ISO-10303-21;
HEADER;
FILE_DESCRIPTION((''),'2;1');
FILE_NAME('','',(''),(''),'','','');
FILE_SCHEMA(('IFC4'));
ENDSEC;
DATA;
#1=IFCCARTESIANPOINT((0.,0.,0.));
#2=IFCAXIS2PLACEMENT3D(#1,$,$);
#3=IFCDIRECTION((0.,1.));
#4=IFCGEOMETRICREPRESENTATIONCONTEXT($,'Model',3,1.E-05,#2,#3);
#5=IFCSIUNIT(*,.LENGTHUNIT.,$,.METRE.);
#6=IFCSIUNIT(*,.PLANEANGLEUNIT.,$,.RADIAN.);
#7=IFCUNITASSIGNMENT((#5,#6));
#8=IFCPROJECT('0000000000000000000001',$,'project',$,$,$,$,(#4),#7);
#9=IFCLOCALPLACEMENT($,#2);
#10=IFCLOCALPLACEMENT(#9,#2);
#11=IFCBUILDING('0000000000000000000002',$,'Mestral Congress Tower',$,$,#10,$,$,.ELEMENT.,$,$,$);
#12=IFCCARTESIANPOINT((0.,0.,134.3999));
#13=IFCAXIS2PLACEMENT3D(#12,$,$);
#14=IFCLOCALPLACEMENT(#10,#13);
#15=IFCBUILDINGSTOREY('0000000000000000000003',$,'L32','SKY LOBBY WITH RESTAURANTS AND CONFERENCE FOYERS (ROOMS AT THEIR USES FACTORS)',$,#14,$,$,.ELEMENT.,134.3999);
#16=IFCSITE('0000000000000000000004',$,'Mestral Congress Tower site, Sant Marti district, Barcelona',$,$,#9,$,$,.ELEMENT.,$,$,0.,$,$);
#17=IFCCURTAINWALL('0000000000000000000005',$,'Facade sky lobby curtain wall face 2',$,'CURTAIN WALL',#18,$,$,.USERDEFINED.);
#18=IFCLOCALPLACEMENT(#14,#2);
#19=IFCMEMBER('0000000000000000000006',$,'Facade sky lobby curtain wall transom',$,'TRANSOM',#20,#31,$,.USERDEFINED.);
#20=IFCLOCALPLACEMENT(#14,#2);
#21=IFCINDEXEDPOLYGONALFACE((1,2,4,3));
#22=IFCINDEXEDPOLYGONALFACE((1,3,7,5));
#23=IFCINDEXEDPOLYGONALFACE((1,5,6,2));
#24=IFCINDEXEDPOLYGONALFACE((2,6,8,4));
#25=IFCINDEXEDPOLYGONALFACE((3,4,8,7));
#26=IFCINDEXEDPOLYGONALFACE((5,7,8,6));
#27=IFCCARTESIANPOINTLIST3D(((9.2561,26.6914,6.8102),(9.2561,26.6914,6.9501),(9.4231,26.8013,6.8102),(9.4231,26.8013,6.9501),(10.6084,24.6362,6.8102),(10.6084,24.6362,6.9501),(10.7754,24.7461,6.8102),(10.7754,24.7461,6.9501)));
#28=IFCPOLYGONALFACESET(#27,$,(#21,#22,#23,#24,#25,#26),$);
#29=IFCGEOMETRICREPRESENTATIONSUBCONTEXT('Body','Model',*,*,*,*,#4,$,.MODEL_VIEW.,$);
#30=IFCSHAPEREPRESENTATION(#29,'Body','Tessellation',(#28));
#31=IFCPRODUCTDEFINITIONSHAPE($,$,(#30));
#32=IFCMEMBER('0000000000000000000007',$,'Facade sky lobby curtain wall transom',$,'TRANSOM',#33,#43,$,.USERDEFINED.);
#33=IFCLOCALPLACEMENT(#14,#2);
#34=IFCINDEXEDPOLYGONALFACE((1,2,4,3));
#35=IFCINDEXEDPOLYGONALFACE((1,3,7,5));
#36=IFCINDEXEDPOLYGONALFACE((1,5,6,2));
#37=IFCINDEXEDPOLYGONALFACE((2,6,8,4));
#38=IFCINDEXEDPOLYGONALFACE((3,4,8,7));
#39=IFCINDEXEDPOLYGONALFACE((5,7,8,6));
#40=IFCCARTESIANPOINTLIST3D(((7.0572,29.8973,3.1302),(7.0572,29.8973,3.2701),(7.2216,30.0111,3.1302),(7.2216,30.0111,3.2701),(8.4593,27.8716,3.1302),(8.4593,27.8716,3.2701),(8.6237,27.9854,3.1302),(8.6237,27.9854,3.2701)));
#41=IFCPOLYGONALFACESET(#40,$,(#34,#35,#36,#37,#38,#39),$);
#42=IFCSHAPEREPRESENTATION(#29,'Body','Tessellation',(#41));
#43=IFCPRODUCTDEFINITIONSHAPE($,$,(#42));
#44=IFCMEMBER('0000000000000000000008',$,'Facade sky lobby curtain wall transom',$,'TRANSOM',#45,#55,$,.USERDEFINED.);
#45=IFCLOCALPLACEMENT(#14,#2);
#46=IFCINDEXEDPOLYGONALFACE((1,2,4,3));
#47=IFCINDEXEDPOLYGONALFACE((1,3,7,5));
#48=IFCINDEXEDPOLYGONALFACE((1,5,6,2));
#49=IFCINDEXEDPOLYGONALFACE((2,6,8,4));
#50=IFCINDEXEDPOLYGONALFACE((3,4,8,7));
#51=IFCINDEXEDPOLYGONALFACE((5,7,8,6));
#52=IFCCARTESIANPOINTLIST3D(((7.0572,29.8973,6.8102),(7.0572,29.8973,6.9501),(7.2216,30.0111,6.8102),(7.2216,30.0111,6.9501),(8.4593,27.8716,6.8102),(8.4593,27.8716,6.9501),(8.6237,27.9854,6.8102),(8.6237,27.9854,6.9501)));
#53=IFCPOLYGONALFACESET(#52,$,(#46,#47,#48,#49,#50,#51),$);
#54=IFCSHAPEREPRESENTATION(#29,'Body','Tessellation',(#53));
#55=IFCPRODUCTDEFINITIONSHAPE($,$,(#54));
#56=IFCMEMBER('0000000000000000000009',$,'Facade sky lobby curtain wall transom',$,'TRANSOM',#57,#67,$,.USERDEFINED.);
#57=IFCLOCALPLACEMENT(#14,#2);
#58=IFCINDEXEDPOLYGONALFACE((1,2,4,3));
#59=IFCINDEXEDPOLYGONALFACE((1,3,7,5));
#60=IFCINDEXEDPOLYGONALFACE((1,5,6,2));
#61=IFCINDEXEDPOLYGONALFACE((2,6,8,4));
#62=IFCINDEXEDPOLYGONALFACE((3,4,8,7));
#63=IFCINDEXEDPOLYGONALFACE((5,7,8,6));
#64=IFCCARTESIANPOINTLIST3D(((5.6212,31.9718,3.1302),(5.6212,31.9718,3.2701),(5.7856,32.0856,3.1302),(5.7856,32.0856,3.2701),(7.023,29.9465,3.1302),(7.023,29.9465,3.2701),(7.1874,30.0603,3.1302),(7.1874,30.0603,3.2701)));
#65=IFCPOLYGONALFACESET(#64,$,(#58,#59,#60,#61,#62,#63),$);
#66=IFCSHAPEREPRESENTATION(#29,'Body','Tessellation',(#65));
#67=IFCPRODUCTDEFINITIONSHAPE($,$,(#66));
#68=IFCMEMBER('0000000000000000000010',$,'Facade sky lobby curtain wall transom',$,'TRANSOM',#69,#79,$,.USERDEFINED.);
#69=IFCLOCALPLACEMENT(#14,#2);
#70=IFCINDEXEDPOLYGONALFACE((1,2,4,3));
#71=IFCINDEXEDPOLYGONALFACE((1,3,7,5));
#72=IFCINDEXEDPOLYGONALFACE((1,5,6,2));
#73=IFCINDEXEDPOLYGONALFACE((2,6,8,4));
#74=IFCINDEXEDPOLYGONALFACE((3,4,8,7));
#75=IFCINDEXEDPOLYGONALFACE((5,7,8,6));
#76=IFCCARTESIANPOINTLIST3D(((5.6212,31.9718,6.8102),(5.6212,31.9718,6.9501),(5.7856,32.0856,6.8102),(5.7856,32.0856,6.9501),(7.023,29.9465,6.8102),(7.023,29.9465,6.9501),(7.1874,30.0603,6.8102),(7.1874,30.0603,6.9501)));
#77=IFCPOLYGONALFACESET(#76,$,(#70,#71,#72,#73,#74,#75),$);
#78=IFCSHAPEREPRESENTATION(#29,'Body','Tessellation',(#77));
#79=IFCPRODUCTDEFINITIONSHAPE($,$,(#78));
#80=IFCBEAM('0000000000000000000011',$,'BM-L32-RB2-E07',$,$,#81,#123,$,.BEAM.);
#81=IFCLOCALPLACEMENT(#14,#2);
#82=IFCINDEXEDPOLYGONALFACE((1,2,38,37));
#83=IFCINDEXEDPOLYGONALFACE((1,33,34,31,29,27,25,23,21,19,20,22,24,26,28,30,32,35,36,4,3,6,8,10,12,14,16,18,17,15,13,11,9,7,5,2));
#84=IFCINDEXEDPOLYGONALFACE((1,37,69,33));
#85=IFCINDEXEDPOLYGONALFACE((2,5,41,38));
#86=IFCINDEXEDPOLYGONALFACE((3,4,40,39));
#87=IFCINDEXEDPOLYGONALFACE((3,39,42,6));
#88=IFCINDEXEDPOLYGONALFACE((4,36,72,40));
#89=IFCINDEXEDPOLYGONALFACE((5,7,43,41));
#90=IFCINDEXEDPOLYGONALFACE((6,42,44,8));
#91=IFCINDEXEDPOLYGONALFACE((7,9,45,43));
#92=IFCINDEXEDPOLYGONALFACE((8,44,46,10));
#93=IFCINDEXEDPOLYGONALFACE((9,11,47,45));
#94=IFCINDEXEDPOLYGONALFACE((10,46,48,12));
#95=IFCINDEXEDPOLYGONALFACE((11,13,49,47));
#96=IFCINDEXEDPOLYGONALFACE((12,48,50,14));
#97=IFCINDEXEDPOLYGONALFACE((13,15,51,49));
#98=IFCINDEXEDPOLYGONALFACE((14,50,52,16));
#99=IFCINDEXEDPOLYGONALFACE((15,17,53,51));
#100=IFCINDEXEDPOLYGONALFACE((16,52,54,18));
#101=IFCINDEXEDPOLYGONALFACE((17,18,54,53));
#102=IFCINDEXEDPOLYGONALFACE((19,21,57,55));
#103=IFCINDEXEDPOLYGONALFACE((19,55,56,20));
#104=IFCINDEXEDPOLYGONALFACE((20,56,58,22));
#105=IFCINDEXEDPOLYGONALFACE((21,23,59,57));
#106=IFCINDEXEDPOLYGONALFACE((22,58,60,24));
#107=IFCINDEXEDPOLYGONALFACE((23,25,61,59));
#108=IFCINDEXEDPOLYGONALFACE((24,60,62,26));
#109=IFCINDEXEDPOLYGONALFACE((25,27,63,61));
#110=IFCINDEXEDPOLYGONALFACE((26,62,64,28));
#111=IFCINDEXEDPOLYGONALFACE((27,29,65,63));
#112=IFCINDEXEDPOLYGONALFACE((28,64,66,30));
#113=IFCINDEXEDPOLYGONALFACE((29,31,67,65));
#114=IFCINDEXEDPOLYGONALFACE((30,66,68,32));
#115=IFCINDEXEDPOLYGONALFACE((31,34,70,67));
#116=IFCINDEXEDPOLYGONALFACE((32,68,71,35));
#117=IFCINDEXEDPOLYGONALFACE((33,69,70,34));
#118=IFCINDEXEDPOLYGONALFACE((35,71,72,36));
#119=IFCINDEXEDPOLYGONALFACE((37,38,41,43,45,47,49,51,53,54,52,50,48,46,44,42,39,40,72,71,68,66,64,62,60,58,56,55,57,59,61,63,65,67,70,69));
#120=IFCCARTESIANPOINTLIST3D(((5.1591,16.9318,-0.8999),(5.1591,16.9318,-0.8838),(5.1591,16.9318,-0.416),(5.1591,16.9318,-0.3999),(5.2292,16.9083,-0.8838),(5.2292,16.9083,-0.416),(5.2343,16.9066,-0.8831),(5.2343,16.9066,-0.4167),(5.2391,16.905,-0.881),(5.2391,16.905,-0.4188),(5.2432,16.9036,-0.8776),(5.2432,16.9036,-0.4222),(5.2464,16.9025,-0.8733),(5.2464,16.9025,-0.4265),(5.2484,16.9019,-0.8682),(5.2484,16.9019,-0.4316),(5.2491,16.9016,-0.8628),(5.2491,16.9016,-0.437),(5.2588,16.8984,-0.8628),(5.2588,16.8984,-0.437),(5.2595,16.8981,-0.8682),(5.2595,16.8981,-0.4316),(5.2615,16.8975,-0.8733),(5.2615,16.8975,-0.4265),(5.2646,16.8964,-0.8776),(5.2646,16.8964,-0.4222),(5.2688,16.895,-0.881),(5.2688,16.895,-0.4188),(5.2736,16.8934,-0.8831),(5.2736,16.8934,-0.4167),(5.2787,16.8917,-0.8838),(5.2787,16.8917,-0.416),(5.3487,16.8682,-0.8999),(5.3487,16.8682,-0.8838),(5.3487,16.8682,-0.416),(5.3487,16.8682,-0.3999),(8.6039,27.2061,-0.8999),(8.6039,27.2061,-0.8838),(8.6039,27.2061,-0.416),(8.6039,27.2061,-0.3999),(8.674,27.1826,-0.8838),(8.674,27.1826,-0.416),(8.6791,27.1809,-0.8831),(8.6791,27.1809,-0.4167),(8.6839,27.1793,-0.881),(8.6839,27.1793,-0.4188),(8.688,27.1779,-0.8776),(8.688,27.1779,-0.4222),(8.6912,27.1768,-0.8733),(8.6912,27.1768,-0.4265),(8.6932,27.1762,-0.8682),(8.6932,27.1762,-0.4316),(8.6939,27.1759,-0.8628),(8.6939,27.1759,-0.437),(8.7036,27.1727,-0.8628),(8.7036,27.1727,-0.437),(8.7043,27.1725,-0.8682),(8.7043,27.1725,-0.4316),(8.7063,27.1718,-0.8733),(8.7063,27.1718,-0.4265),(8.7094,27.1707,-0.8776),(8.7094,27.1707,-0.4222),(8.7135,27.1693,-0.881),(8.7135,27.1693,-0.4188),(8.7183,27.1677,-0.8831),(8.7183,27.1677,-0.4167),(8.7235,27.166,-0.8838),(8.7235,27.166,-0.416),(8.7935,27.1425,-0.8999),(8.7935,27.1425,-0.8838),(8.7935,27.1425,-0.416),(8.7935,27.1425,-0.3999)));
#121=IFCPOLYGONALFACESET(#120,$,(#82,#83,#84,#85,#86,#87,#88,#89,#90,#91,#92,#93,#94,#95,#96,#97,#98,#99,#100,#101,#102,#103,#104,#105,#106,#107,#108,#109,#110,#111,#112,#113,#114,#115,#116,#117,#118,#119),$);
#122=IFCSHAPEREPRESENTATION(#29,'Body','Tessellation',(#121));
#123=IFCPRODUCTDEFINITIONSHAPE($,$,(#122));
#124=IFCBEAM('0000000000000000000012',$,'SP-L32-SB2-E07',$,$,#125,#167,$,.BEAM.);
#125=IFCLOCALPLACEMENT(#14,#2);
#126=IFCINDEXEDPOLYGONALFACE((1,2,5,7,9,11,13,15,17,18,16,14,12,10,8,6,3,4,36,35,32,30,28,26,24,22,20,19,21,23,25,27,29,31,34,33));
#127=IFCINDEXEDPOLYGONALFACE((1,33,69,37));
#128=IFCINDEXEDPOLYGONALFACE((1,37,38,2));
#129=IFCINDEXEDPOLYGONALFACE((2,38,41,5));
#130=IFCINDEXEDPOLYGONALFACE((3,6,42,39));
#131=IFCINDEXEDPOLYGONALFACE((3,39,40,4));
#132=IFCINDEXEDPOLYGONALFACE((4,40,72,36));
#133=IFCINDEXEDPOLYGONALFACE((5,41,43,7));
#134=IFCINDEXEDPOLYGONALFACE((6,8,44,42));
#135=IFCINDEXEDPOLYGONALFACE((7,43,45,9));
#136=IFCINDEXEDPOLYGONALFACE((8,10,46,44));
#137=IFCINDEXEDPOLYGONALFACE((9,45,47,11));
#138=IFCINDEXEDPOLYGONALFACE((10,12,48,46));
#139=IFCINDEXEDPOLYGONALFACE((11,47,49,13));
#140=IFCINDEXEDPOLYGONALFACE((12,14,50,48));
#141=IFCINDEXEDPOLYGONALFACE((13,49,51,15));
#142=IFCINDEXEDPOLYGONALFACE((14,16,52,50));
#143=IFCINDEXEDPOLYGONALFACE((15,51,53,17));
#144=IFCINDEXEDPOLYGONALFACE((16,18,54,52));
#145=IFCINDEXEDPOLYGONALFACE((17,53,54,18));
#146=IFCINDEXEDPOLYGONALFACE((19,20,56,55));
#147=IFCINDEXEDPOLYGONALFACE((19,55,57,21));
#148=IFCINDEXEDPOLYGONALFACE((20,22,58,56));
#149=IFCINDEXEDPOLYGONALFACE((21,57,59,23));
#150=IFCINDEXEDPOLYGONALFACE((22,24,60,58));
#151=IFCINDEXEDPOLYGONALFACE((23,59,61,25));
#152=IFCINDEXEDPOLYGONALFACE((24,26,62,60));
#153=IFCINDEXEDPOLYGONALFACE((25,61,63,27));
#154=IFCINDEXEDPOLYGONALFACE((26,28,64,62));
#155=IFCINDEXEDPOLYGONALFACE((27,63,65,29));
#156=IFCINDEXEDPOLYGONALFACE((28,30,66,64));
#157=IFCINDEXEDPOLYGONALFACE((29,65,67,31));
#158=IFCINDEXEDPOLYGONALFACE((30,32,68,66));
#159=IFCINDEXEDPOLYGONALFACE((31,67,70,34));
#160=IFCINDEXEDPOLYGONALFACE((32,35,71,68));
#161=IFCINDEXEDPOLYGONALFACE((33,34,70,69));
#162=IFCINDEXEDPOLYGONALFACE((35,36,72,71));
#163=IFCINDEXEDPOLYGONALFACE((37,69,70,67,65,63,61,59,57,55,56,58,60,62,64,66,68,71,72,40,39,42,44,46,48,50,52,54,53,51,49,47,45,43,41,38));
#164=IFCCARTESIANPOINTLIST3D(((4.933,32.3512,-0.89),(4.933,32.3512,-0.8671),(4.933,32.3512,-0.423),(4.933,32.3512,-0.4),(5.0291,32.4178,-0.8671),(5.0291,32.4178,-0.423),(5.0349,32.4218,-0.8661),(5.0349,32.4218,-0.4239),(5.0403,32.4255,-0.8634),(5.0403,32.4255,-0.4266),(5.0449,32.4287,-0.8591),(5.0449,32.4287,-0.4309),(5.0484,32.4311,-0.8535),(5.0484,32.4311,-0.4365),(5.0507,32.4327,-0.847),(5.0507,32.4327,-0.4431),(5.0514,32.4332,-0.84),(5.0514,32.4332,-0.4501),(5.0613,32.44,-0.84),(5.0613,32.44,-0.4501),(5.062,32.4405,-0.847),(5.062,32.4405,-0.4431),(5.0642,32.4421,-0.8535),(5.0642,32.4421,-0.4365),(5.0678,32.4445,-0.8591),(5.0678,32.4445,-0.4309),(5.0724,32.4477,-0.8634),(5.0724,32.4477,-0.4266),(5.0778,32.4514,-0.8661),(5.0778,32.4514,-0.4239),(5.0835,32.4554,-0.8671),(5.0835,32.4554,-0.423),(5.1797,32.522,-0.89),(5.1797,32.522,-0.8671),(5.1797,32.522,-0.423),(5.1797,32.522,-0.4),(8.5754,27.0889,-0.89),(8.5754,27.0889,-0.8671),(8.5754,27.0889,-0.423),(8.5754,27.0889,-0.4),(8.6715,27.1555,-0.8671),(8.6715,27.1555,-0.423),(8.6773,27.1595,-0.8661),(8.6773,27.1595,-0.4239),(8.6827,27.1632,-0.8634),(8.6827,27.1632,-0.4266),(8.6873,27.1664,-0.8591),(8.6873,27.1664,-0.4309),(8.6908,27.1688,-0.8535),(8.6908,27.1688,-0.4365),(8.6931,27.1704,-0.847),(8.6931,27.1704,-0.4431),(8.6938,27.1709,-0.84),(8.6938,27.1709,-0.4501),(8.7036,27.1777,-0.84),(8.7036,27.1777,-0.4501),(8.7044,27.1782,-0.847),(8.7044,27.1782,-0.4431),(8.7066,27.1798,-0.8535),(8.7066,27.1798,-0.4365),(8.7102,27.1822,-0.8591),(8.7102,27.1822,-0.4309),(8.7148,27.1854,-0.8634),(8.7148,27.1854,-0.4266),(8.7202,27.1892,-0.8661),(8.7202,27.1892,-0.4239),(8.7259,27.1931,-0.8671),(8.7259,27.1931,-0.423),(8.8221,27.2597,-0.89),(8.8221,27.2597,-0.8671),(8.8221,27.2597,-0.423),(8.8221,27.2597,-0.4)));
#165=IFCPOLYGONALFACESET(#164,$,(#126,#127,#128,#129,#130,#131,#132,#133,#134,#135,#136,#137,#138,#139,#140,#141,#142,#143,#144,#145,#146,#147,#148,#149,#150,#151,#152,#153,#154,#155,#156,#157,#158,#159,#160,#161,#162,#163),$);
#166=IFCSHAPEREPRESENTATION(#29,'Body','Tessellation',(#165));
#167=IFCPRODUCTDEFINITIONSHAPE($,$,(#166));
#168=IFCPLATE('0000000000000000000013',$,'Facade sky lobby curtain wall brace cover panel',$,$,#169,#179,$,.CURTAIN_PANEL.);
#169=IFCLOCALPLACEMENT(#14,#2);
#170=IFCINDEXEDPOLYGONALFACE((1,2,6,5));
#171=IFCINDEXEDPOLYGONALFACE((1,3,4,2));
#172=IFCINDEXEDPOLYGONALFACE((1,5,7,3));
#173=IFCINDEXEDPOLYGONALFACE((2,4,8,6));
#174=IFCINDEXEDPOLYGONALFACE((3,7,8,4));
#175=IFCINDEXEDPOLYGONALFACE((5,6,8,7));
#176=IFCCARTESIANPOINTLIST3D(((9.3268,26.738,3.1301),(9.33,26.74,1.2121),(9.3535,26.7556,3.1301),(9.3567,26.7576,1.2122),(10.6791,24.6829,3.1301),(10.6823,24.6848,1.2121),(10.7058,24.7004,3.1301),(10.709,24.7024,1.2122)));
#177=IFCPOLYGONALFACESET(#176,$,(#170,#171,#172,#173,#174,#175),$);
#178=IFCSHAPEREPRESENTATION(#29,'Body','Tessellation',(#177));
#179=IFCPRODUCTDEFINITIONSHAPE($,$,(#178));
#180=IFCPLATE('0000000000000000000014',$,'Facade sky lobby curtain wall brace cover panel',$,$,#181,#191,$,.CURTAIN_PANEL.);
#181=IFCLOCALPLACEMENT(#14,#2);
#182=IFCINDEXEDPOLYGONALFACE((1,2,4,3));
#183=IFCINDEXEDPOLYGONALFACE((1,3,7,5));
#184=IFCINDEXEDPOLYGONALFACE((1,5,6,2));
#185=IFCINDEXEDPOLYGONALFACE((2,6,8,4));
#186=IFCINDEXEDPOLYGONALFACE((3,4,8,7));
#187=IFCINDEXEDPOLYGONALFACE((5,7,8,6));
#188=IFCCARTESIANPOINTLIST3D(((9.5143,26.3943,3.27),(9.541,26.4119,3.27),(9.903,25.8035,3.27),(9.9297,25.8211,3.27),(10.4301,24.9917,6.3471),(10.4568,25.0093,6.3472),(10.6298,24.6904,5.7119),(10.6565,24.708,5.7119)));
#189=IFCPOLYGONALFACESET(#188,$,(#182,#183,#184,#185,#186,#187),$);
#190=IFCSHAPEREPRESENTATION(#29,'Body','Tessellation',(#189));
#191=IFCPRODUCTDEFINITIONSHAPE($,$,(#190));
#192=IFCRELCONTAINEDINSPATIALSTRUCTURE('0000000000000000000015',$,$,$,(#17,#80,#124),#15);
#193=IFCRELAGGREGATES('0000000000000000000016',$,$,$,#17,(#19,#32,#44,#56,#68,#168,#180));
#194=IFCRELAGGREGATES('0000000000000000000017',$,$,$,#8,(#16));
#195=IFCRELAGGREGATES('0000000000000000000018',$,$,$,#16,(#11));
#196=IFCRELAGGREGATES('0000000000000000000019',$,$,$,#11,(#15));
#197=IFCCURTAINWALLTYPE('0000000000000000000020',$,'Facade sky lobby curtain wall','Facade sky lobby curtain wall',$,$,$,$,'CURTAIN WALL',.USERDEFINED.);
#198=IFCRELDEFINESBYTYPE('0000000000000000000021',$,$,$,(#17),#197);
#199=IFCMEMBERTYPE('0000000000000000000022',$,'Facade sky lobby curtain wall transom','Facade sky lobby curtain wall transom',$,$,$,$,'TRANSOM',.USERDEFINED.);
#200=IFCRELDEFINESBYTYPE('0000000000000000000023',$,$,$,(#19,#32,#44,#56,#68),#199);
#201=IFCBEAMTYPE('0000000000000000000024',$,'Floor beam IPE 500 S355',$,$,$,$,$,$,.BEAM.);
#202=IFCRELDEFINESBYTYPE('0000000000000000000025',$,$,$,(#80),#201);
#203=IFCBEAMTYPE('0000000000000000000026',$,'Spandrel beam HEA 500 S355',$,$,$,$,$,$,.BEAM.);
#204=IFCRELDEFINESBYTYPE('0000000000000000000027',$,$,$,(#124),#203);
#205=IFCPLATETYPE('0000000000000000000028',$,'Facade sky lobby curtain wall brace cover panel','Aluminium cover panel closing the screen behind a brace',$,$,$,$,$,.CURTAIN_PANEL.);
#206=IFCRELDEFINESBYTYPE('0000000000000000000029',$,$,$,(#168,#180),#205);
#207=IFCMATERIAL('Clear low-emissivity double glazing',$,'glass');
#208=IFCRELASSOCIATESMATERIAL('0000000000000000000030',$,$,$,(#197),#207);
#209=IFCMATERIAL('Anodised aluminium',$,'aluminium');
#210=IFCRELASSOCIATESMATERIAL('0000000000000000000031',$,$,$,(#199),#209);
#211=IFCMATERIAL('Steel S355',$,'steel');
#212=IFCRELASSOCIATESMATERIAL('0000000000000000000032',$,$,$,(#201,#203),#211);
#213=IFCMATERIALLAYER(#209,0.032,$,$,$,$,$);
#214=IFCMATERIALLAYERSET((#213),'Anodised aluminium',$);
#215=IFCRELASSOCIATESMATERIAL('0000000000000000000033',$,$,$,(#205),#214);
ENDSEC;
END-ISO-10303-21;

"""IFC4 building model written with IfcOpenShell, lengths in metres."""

from ifc_helpers import new_model, si_unit, direction, frame, origin, origin_2d, place, context, subcontext, project, spatial, polyline, rectangle, i_section, outline, extrude, material, layer, layer_set, material_profile, profile_set, type_object, element, aggregate, save


model = new_model("IFC4")

# Units and contexts
model_context = context("Model", 3, precision=1e-05, world=origin(), true_north=direction((0.0, 1.0)))
body_context = subcontext(model_context, "Body", "Model", "MODEL_VIEW")
ifc_project = project(units=[si_unit("LENGTHUNIT", "METRE"), si_unit("PLANEANGLEUNIT", "RADIAN")], contexts=[model_context])

# Site, building, storey
site_placement = place(None, origin())
site = spatial("IfcSite", under=ifc_project, at=site_placement, Name="Mestral Congress Tower site, Sant Marti district, Barcelona", CompositionType="ELEMENT", RefElevation=0.0)
building_placement = place(site_placement, origin())
building = spatial("IfcBuilding", under=site, at=building_placement, Name="Mestral Congress Tower", CompositionType="ELEMENT")
storey_placement = place(building_placement, frame((0.0, 0.0, 134.3999)))
storey = spatial("IfcBuildingStorey", under=building, at=storey_placement, Name="L32", Description="SKY LOBBY WITH RESTAURANTS AND CONFERENCE FOYERS (ROOMS AT THEIR USES FACTORS)", CompositionType="ELEMENT", Elevation=134.3999)

# Shared definitions
ifc_material_1 = material(Name="Steel S355", Category="steel")

# Curtain wall, members
ifc_material_2 = material(Name="Clear low-emissivity double glazing", Category="glass")
curtain_wall_type = type_object("IfcCurtainWallType", Name="Facade sky lobby curtain wall", Description="Facade sky lobby curtain wall", ElementType="CURTAIN WALL", PredefinedType="USERDEFINED", material=ifc_material_2)
curtain_wall_placement = place(storey_placement, origin())
curtain_wall = element("IfcCurtainWall", 1, at=curtain_wall_placement, inside=storey, type_object=curtain_wall_type, Name="Facade sky lobby curtain wall face 2", ObjectType="CURTAIN WALL", PredefinedType="USERDEFINED")
ifc_material_3 = material(Name="Anodised aluminium", Category="aluminium")
ifc_material_profile_1 = material_profile(ifc_material_3, rectangle(XDim=0.2, YDim=0.1399, at=origin_2d()), Name="CW1 transom 200 x 140")
ifc_profile_set_1 = profile_set([ifc_material_profile_1], Name="Anodised aluminium")
member_type_1 = type_object("IfcMemberType", Name="Facade sky lobby curtain wall transom", Description="Facade sky lobby curtain wall transom", ElementType="TRANSOM", PredefinedType="USERDEFINED", material=ifc_profile_set_1)
member_1_placement = place(storey_placement, frame((10.6919, 24.6912, 6.8801), z_axis=(-0.549675, 0.835379, 0.0), x_axis=(-0.835379, -0.549675, 0.0)))
member_1 = element("IfcMember", 2, at=member_1_placement, type_object=member_type_1, Name="Facade sky lobby curtain wall transom", ObjectType="TRANSOM", PredefinedType="USERDEFINED", context=body_context, shape_type="SweptSolid", body=[
    extrude(rectangle(XDim=0.2, YDim=0.1399, at=origin_2d()), origin(), (0.0, 0.0, 1.0), 2.4602),
])
member_2_placement = place(storey_placement, frame((8.5415, 27.9285, 3.2002), z_axis=(-0.569138, 0.822242, 0.0), x_axis=(-0.822242, -0.569138, 0.0)))
member_2 = element("IfcMember", 3, at=member_2_placement, type_object=member_type_1, Name="Facade sky lobby curtain wall transom", ObjectType="TRANSOM", PredefinedType="USERDEFINED", context=body_context, shape_type="SweptSolid", body=[
    extrude(rectangle(XDim=0.2, YDim=0.1399, at=origin_2d()), origin(), (0.0, 0.0, 1.0), 2.4636),
])
member_3_placement = place(storey_placement, frame((8.5415, 27.9285, 6.8801), z_axis=(-0.569138, 0.822242, 0.0), x_axis=(-0.822242, -0.569138, 0.0)))
member_3 = element("IfcMember", 4, at=member_3_placement, type_object=member_type_1, Name="Facade sky lobby curtain wall transom", ObjectType="TRANSOM", PredefinedType="USERDEFINED", context=body_context, shape_type="SweptSolid", body=[
    extrude(rectangle(XDim=0.2, YDim=0.1399, at=origin_2d()), origin(), (0.0, 0.0, 1.0), 2.4636),
])
member_4_placement = place(storey_placement, frame((7.1052, 30.0034, 3.2002), z_axis=(-0.569117, 0.822256, 0.0), x_axis=(-0.822256, -0.569117, 0.0)))
member_4 = element("IfcMember", 5, at=member_4_placement, type_object=member_type_1, Name="Facade sky lobby curtain wall transom", ObjectType="TRANSOM", PredefinedType="USERDEFINED", context=body_context, shape_type="SweptSolid", body=[
    extrude(rectangle(XDim=0.2, YDim=0.1399, at=origin_2d()), origin(), (0.0, 0.0, 1.0), 2.4631),
])
member_5_placement = place(storey_placement, frame((7.1052, 30.0034, 6.8801), z_axis=(-0.569117, 0.822256, 0.0), x_axis=(-0.822256, -0.569117, 0.0)))
member_5 = element("IfcMember", 6, at=member_5_placement, type_object=member_type_1, Name="Facade sky lobby curtain wall transom", ObjectType="TRANSOM", PredefinedType="USERDEFINED", context=body_context, shape_type="SweptSolid", body=[
    extrude(rectangle(XDim=0.2, YDim=0.1399, at=origin_2d()), origin(), (0.0, 0.0, 1.0), 2.4631),
])

# Beams
ifc_material_profile_2 = material_profile(ifc_material_1, i_section(OverallWidth=0.2, OverallDepth=0.5, WebThickness=0.0103, FlangeThickness=0.0161, FilletRadius=0.021, at=origin_2d()), Name="IPE 500")
ifc_profile_set_2 = profile_set([ifc_material_profile_2], Name="Steel S355")
beam_type_1 = type_object("IfcBeamType", Name="Floor beam IPE 500 S355", PredefinedType="BEAM", material=ifc_profile_set_2)
beam_1_placement = place(storey_placement, frame((8.6987, 27.1743, -0.6499), z_axis=(-0.31789, -0.948128, 0.0), x_axis=(0.948128, -0.31789, 0.0)))
element("IfcBeam", 7, at=beam_1_placement, inside=storey, type_object=beam_type_1, Name="BM-L32-RB2-E07", PredefinedType="BEAM", context=body_context, shape_type="SweptSolid", body=[
    extrude(i_section(OverallWidth=0.2, OverallDepth=0.5, WebThickness=0.0103, FlangeThickness=0.0161, FilletRadius=0.021, at=origin_2d()), origin(), (0.0, 0.0, 1.0), 10.8364),
])
ifc_material_profile_3 = material_profile(ifc_material_1, i_section(OverallWidth=0.3, OverallDepth=0.49, WebThickness=0.012, FlangeThickness=0.0229, FilletRadius=0.0271, at=origin_2d()), Name="HEA 500")
ifc_profile_set_3 = profile_set([ifc_material_profile_3], Name="Steel S355")
beam_type_2 = type_object("IfcBeamType", Name="Spandrel beam HEA 500 S355", PredefinedType="BEAM", material=ifc_profile_set_3)
beam_2_placement = place(storey_placement, frame((8.6987, 27.1743, -0.645), z_axis=(-0.569133, 0.822246, 0.0), x_axis=(-0.822246, -0.569133, 0.0)))
element("IfcBeam", 8, at=beam_2_placement, inside=storey, type_object=beam_type_2, Name="SP-L32-SB2-E07", PredefinedType="BEAM", context=body_context, shape_type="SweptSolid", body=[
    extrude(i_section(OverallWidth=0.3, OverallDepth=0.49, WebThickness=0.012, FlangeThickness=0.0229, FilletRadius=0.0271, at=origin_2d()), origin(), (0.0, 0.0, 1.0), 6.3999),
])

# Plates
ifc_layer_1 = layer(ifc_material_3, 0.032)
ifc_layer_set_1 = layer_set([ifc_layer_1], Name="Anodised aluminium")
plate_type_1 = type_object("IfcPlateType", Name="Facade sky lobby curtain wall brace cover panel", Description="Aluminium cover panel closing the screen behind a brace", PredefinedType="CURTAIN_PANEL", material=ifc_layer_set_1)
plate_1_placement = place(storey_placement, frame((9.3535, 26.7556, 3.1301), z_axis=(0.835377, 0.549674, 0.001942), x_axis=(0.001655, 0.001018, -0.999998)))
plate_1 = element("IfcPlate", 9, at=plate_1_placement, type_object=plate_type_1, Name="Facade sky lobby curtain wall brace cover panel", PredefinedType="CURTAIN_PANEL", context=body_context, shape_type="SweptSolid", body=[
    extrude(outline(polyline([(0.0, 0.0), (1.918, 0.0), (1.9181, -2.4602), (0.0001, -2.4602), (0.0, 0.0)])), origin(), (0.0, 0.0, -1.0), 0.032),
])
plate_2_placement = place(storey_placement, frame((9.541, 26.4119, 3.27), z_axis=(0.835401, 0.549638, 0.001898), x_axis=(0.549639, -0.835402, 0.0)))
plate_2 = element("IfcPlate", 10, at=plate_2_placement, type_object=plate_type_1, Name="Facade sky lobby curtain wall brace cover panel", PredefinedType="CURTAIN_PANEL", context=body_context, shape_type="SweptSolid", body=[
    extrude(outline(polyline([(0.0, 0.0), (0.7072, 0.0), (2.0365, -2.4419), (1.6751, -3.0772), (0.0, 0.0)])), origin(), (0.0, 0.0, -1.0), 0.032),
])
aggregate(curtain_wall, [member_1, member_2, member_3, member_4, member_5, plate_1, plate_2])

save(model, "model.ifc")
